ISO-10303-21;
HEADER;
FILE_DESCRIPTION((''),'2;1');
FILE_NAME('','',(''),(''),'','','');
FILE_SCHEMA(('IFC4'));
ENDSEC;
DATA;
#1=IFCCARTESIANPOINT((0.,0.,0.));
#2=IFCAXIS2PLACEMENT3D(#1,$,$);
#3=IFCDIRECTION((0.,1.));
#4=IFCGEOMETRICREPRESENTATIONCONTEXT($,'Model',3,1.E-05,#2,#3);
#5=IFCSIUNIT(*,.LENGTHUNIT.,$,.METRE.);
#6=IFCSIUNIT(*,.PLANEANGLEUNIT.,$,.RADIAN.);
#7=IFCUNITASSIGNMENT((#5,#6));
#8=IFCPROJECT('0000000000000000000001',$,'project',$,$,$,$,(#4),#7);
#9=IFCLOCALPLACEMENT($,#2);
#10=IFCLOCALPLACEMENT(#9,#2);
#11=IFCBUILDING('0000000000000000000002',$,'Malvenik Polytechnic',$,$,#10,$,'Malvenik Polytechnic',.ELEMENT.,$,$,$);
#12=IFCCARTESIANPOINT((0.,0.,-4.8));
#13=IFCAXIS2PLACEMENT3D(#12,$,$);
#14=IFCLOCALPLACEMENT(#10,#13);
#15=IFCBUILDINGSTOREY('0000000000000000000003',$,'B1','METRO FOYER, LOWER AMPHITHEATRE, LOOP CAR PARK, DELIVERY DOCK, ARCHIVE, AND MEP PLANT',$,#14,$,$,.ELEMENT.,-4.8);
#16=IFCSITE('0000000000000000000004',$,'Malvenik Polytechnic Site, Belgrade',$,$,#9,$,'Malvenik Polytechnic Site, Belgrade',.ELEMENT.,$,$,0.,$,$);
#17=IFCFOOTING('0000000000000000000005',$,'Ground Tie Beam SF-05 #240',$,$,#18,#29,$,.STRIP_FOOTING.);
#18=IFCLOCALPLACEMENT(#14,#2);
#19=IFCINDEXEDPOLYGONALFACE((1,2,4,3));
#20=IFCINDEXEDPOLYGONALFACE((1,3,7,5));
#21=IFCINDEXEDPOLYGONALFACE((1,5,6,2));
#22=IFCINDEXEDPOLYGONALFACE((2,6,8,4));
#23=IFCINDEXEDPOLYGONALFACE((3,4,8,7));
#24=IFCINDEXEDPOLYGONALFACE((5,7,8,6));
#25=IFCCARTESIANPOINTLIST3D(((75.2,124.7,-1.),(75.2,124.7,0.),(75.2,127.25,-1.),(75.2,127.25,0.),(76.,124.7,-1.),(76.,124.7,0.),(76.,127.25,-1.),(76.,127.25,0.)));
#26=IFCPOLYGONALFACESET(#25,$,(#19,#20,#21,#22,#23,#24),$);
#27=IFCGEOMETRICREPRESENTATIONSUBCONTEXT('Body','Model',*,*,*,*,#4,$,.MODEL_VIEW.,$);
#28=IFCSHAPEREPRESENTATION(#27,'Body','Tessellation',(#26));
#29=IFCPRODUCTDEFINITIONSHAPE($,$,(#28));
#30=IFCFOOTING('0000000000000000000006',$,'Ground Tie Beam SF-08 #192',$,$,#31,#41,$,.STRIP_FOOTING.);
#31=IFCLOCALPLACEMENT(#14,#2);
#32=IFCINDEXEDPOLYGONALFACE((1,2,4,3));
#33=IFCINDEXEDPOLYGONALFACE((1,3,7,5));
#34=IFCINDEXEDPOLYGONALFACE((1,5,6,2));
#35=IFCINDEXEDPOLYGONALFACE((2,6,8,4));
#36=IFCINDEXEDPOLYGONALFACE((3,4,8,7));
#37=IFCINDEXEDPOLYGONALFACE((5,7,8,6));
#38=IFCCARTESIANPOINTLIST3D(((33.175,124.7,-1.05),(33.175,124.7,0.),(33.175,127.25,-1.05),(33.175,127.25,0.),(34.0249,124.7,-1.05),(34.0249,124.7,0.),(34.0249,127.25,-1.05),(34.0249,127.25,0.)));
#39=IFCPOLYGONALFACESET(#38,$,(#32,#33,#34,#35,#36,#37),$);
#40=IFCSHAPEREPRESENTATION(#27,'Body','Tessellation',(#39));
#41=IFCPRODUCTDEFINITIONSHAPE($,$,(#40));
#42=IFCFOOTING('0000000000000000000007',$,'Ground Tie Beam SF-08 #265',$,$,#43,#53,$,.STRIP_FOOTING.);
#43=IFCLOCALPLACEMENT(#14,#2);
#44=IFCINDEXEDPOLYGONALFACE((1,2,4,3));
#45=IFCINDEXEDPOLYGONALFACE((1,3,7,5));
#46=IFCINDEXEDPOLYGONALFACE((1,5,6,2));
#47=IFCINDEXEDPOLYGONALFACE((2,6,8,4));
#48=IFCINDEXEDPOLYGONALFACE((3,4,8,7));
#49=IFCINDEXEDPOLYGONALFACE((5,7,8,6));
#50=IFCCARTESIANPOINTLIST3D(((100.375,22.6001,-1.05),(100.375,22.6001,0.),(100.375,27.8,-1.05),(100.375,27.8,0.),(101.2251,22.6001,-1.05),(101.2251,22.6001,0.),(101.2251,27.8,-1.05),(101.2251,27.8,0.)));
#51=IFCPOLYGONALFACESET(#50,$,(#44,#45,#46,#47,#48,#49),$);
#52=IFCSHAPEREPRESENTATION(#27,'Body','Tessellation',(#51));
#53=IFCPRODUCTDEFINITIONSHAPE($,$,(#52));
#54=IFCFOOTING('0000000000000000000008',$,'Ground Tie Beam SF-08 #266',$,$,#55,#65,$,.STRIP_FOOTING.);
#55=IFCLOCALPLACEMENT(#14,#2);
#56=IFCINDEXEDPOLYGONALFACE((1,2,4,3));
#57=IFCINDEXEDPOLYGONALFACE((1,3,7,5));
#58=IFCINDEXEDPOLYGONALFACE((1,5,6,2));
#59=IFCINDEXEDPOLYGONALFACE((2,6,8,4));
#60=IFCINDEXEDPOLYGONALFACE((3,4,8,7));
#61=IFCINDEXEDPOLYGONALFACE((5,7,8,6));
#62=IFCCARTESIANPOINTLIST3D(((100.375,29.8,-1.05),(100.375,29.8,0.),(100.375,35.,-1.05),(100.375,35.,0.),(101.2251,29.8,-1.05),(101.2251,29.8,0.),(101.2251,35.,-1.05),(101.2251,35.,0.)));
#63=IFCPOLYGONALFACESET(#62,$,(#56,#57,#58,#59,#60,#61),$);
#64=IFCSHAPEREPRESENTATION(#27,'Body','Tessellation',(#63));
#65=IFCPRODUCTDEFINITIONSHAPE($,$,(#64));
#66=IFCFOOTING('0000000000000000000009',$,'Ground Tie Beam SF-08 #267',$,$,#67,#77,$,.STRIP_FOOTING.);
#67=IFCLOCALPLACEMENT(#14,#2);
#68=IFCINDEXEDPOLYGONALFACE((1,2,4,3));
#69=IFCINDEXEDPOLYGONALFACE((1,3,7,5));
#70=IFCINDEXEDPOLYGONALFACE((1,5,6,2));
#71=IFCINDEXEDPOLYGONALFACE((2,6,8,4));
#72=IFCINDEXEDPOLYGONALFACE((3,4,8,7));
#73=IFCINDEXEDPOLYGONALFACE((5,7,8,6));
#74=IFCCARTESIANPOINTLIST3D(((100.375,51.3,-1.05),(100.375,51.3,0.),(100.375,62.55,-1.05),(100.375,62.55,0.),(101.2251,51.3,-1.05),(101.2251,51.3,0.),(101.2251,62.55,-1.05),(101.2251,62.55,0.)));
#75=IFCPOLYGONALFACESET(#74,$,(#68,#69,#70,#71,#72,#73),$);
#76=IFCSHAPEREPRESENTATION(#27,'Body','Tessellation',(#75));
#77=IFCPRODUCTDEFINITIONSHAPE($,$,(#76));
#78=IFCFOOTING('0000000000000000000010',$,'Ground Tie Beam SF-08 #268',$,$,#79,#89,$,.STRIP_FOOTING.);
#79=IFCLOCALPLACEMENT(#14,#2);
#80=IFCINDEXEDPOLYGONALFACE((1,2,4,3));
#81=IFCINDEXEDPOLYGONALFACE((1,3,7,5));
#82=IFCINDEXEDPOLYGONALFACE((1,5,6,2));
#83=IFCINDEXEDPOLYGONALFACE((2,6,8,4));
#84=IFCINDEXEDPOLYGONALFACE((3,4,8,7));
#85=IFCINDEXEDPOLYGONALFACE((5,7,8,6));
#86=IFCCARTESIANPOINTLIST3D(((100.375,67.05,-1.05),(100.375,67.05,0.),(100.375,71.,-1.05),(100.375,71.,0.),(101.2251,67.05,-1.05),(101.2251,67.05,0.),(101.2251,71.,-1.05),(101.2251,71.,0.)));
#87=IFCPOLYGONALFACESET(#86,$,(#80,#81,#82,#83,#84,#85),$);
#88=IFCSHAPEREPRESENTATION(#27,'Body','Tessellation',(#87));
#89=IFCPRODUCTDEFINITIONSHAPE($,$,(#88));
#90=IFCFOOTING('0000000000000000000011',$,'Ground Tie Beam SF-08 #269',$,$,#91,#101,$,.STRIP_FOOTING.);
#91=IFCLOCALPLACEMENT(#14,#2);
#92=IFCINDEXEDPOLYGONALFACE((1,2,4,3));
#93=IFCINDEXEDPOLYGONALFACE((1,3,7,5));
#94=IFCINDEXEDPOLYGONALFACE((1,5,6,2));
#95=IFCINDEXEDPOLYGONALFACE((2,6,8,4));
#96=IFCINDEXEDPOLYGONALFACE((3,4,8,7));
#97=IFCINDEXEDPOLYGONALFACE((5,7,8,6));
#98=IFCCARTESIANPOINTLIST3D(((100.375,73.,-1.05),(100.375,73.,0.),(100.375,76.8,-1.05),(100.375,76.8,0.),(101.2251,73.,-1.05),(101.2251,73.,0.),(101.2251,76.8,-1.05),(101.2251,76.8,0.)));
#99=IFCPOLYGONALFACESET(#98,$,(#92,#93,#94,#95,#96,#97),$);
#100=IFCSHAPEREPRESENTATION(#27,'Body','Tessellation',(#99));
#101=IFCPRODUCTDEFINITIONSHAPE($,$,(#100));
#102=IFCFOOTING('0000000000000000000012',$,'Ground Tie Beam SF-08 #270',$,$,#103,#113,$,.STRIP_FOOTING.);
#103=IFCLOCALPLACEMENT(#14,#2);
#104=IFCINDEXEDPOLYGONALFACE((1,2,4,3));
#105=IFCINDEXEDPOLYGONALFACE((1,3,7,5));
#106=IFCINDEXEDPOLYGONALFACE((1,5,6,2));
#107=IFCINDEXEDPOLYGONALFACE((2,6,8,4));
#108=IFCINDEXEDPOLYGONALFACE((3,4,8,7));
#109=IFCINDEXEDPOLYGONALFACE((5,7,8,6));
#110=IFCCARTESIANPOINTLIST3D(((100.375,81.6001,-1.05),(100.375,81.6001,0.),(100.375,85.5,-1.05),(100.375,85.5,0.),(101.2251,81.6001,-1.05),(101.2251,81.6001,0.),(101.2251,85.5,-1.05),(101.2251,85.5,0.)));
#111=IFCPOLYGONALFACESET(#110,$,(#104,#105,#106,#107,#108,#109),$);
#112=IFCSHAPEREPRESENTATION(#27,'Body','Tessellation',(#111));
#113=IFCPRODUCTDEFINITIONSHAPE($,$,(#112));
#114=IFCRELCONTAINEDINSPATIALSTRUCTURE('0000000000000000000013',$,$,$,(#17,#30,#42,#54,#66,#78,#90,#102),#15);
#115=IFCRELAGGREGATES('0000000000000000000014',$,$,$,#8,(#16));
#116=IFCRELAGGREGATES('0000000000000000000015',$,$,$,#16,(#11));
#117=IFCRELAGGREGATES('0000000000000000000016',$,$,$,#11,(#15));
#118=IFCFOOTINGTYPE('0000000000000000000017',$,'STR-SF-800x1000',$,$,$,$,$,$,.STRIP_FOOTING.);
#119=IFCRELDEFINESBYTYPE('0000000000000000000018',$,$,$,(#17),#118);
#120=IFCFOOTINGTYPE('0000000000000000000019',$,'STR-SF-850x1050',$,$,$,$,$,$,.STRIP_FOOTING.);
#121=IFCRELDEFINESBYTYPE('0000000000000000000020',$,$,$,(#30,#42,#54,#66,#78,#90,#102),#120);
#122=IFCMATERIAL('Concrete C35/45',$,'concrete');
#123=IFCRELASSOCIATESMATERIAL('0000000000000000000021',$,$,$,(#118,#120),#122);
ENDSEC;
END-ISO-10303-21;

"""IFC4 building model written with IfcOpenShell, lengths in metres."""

from ifc_helpers import new_model, si_unit, direction, frame, origin, place, context, subcontext, project, spatial, polyline, outline, extrude, material, type_object, element, save


model = new_model("IFC4")

# Units and contexts
model_context = context("Model", 3, precision=1e-05, world=origin(), true_north=direction((0.0, 1.0)))
body_context = subcontext(model_context, "Body", "Model", "MODEL_VIEW")
ifc_project = project(units=[si_unit("LENGTHUNIT", "METRE"), si_unit("PLANEANGLEUNIT", "RADIAN")], contexts=[model_context])

# Site, building, storey
site_placement = place(None, origin())
site = spatial("IfcSite", under=ifc_project, at=site_placement, Name="Malvenik Polytechnic Site, Belgrade", LongName="Malvenik Polytechnic Site, Belgrade", CompositionType="ELEMENT", RefElevation=0.0)
building_placement = place(site_placement, origin())
building = spatial("IfcBuilding", under=site, at=building_placement, Name="Malvenik Polytechnic", LongName="Malvenik Polytechnic", CompositionType="ELEMENT")
storey_placement = place(building_placement, frame((0.0, 0.0, -4.8)))
storey = spatial("IfcBuildingStorey", under=building, at=storey_placement, Name="B1", Description="METRO FOYER, LOWER AMPHITHEATRE, LOOP CAR PARK, DELIVERY DOCK, ARCHIVE, AND MEP PLANT", CompositionType="ELEMENT", Elevation=-4.8)

# Footings
ifc_material = material(Name="Concrete C35/45", Category="concrete")
footing_type_1 = type_object("IfcFootingType", Name="STR-SF-800x1000", PredefinedType="STRIP_FOOTING", material=ifc_material)
footing_1_placement = place(storey_placement, frame((0.0, 0.0, -1.0)))
element("IfcFooting", 1, at=footing_1_placement, inside=storey, type_object=footing_type_1, Name="Ground Tie Beam SF-05 #240", PredefinedType="STRIP_FOOTING", context=body_context, shape_type="SweptSolid", body=[
    extrude(outline(polyline([(75.2, 124.7), (76.0, 124.7), (76.0, 127.25), (75.2, 127.25), (75.2, 124.7)])), origin(), (0.0, 0.0, 1.0), 1.0),
])
footing_type_2 = type_object("IfcFootingType", Name="STR-SF-850x1050", PredefinedType="STRIP_FOOTING", material=ifc_material)
footing_2_placement = place(storey_placement, frame((0.0, 0.0, -1.05)))
element("IfcFooting", 2, at=footing_2_placement, inside=storey, type_object=footing_type_2, Name="Ground Tie Beam SF-08 #192", PredefinedType="STRIP_FOOTING", context=body_context, shape_type="SweptSolid", body=[
    extrude(outline(polyline([(33.175, 124.7), (34.0249, 124.7), (34.0249, 127.25), (33.175, 127.25), (33.175, 124.7)])), origin(), (0.0, 0.0, 1.0), 1.05),
])
footing_3_placement = place(storey_placement, frame((0.0, 0.0, -1.05)))
element("IfcFooting", 3, at=footing_3_placement, inside=storey, type_object=footing_type_2, Name="Ground Tie Beam SF-08 #265", PredefinedType="STRIP_FOOTING", context=body_context, shape_type="SweptSolid", body=[
    extrude(outline(polyline([(100.375, 22.6001), (101.2251, 22.6001), (101.2251, 27.8), (100.375, 27.8), (100.375, 22.6001)])), origin(), (0.0, 0.0, 1.0), 1.05),
])
footing_4_placement = place(storey_placement, frame((0.0, 0.0, -1.05)))
element("IfcFooting", 4, at=footing_4_placement, inside=storey, type_object=footing_type_2, Name="Ground Tie Beam SF-08 #266", PredefinedType="STRIP_FOOTING", context=body_context, shape_type="SweptSolid", body=[
    extrude(outline(polyline([(100.375, 29.8), (101.2251, 29.8), (101.2251, 35.0), (100.375, 35.0), (100.375, 29.8)])), origin(), (0.0, 0.0, 1.0), 1.05),
])
footing_5_placement = place(storey_placement, frame((0.0, 0.0, -1.05)))
element("IfcFooting", 5, at=footing_5_placement, inside=storey, type_object=footing_type_2, Name="Ground Tie Beam SF-08 #267", PredefinedType="STRIP_FOOTING", context=body_context, shape_type="SweptSolid", body=[
    extrude(outline(polyline([(100.375, 51.3), (101.2251, 51.3), (101.2251, 62.55), (100.375, 62.55), (100.375, 51.3)])), origin(), (0.0, 0.0, 1.0), 1.05),
])
footing_6_placement = place(storey_placement, frame((0.0, 0.0, -1.05)))
element("IfcFooting", 6, at=footing_6_placement, inside=storey, type_object=footing_type_2, Name="Ground Tie Beam SF-08 #268", PredefinedType="STRIP_FOOTING", context=body_context, shape_type="SweptSolid", body=[
    extrude(outline(polyline([(100.375, 67.05), (101.2251, 67.05), (101.2251, 71.0), (100.375, 71.0), (100.375, 67.05)])), origin(), (0.0, 0.0, 1.0), 1.05),
])
footing_7_placement = place(storey_placement, frame((0.0, 0.0, -1.05)))
element("IfcFooting", 7, at=footing_7_placement, inside=storey, type_object=footing_type_2, Name="Ground Tie Beam SF-08 #269", PredefinedType="STRIP_FOOTING", context=body_context, shape_type="SweptSolid", body=[
    extrude(outline(polyline([(100.375, 73.0), (101.2251, 73.0), (101.2251, 76.8), (100.375, 76.8), (100.375, 73.0)])), origin(), (0.0, 0.0, 1.0), 1.05),
])
footing_8_placement = place(storey_placement, frame((0.0, 0.0, -1.05)))
element("IfcFooting", 8, at=footing_8_placement, inside=storey, type_object=footing_type_2, Name="Ground Tie Beam SF-08 #270", PredefinedType="STRIP_FOOTING", context=body_context, shape_type="SweptSolid", body=[
    extrude(outline(polyline([(100.375, 81.6001), (101.2251, 81.6001), (101.2251, 85.5), (100.375, 85.5), (100.375, 81.6001)])), origin(), (0.0, 0.0, 1.0), 1.05),
])

save(model, "model.ifc")
